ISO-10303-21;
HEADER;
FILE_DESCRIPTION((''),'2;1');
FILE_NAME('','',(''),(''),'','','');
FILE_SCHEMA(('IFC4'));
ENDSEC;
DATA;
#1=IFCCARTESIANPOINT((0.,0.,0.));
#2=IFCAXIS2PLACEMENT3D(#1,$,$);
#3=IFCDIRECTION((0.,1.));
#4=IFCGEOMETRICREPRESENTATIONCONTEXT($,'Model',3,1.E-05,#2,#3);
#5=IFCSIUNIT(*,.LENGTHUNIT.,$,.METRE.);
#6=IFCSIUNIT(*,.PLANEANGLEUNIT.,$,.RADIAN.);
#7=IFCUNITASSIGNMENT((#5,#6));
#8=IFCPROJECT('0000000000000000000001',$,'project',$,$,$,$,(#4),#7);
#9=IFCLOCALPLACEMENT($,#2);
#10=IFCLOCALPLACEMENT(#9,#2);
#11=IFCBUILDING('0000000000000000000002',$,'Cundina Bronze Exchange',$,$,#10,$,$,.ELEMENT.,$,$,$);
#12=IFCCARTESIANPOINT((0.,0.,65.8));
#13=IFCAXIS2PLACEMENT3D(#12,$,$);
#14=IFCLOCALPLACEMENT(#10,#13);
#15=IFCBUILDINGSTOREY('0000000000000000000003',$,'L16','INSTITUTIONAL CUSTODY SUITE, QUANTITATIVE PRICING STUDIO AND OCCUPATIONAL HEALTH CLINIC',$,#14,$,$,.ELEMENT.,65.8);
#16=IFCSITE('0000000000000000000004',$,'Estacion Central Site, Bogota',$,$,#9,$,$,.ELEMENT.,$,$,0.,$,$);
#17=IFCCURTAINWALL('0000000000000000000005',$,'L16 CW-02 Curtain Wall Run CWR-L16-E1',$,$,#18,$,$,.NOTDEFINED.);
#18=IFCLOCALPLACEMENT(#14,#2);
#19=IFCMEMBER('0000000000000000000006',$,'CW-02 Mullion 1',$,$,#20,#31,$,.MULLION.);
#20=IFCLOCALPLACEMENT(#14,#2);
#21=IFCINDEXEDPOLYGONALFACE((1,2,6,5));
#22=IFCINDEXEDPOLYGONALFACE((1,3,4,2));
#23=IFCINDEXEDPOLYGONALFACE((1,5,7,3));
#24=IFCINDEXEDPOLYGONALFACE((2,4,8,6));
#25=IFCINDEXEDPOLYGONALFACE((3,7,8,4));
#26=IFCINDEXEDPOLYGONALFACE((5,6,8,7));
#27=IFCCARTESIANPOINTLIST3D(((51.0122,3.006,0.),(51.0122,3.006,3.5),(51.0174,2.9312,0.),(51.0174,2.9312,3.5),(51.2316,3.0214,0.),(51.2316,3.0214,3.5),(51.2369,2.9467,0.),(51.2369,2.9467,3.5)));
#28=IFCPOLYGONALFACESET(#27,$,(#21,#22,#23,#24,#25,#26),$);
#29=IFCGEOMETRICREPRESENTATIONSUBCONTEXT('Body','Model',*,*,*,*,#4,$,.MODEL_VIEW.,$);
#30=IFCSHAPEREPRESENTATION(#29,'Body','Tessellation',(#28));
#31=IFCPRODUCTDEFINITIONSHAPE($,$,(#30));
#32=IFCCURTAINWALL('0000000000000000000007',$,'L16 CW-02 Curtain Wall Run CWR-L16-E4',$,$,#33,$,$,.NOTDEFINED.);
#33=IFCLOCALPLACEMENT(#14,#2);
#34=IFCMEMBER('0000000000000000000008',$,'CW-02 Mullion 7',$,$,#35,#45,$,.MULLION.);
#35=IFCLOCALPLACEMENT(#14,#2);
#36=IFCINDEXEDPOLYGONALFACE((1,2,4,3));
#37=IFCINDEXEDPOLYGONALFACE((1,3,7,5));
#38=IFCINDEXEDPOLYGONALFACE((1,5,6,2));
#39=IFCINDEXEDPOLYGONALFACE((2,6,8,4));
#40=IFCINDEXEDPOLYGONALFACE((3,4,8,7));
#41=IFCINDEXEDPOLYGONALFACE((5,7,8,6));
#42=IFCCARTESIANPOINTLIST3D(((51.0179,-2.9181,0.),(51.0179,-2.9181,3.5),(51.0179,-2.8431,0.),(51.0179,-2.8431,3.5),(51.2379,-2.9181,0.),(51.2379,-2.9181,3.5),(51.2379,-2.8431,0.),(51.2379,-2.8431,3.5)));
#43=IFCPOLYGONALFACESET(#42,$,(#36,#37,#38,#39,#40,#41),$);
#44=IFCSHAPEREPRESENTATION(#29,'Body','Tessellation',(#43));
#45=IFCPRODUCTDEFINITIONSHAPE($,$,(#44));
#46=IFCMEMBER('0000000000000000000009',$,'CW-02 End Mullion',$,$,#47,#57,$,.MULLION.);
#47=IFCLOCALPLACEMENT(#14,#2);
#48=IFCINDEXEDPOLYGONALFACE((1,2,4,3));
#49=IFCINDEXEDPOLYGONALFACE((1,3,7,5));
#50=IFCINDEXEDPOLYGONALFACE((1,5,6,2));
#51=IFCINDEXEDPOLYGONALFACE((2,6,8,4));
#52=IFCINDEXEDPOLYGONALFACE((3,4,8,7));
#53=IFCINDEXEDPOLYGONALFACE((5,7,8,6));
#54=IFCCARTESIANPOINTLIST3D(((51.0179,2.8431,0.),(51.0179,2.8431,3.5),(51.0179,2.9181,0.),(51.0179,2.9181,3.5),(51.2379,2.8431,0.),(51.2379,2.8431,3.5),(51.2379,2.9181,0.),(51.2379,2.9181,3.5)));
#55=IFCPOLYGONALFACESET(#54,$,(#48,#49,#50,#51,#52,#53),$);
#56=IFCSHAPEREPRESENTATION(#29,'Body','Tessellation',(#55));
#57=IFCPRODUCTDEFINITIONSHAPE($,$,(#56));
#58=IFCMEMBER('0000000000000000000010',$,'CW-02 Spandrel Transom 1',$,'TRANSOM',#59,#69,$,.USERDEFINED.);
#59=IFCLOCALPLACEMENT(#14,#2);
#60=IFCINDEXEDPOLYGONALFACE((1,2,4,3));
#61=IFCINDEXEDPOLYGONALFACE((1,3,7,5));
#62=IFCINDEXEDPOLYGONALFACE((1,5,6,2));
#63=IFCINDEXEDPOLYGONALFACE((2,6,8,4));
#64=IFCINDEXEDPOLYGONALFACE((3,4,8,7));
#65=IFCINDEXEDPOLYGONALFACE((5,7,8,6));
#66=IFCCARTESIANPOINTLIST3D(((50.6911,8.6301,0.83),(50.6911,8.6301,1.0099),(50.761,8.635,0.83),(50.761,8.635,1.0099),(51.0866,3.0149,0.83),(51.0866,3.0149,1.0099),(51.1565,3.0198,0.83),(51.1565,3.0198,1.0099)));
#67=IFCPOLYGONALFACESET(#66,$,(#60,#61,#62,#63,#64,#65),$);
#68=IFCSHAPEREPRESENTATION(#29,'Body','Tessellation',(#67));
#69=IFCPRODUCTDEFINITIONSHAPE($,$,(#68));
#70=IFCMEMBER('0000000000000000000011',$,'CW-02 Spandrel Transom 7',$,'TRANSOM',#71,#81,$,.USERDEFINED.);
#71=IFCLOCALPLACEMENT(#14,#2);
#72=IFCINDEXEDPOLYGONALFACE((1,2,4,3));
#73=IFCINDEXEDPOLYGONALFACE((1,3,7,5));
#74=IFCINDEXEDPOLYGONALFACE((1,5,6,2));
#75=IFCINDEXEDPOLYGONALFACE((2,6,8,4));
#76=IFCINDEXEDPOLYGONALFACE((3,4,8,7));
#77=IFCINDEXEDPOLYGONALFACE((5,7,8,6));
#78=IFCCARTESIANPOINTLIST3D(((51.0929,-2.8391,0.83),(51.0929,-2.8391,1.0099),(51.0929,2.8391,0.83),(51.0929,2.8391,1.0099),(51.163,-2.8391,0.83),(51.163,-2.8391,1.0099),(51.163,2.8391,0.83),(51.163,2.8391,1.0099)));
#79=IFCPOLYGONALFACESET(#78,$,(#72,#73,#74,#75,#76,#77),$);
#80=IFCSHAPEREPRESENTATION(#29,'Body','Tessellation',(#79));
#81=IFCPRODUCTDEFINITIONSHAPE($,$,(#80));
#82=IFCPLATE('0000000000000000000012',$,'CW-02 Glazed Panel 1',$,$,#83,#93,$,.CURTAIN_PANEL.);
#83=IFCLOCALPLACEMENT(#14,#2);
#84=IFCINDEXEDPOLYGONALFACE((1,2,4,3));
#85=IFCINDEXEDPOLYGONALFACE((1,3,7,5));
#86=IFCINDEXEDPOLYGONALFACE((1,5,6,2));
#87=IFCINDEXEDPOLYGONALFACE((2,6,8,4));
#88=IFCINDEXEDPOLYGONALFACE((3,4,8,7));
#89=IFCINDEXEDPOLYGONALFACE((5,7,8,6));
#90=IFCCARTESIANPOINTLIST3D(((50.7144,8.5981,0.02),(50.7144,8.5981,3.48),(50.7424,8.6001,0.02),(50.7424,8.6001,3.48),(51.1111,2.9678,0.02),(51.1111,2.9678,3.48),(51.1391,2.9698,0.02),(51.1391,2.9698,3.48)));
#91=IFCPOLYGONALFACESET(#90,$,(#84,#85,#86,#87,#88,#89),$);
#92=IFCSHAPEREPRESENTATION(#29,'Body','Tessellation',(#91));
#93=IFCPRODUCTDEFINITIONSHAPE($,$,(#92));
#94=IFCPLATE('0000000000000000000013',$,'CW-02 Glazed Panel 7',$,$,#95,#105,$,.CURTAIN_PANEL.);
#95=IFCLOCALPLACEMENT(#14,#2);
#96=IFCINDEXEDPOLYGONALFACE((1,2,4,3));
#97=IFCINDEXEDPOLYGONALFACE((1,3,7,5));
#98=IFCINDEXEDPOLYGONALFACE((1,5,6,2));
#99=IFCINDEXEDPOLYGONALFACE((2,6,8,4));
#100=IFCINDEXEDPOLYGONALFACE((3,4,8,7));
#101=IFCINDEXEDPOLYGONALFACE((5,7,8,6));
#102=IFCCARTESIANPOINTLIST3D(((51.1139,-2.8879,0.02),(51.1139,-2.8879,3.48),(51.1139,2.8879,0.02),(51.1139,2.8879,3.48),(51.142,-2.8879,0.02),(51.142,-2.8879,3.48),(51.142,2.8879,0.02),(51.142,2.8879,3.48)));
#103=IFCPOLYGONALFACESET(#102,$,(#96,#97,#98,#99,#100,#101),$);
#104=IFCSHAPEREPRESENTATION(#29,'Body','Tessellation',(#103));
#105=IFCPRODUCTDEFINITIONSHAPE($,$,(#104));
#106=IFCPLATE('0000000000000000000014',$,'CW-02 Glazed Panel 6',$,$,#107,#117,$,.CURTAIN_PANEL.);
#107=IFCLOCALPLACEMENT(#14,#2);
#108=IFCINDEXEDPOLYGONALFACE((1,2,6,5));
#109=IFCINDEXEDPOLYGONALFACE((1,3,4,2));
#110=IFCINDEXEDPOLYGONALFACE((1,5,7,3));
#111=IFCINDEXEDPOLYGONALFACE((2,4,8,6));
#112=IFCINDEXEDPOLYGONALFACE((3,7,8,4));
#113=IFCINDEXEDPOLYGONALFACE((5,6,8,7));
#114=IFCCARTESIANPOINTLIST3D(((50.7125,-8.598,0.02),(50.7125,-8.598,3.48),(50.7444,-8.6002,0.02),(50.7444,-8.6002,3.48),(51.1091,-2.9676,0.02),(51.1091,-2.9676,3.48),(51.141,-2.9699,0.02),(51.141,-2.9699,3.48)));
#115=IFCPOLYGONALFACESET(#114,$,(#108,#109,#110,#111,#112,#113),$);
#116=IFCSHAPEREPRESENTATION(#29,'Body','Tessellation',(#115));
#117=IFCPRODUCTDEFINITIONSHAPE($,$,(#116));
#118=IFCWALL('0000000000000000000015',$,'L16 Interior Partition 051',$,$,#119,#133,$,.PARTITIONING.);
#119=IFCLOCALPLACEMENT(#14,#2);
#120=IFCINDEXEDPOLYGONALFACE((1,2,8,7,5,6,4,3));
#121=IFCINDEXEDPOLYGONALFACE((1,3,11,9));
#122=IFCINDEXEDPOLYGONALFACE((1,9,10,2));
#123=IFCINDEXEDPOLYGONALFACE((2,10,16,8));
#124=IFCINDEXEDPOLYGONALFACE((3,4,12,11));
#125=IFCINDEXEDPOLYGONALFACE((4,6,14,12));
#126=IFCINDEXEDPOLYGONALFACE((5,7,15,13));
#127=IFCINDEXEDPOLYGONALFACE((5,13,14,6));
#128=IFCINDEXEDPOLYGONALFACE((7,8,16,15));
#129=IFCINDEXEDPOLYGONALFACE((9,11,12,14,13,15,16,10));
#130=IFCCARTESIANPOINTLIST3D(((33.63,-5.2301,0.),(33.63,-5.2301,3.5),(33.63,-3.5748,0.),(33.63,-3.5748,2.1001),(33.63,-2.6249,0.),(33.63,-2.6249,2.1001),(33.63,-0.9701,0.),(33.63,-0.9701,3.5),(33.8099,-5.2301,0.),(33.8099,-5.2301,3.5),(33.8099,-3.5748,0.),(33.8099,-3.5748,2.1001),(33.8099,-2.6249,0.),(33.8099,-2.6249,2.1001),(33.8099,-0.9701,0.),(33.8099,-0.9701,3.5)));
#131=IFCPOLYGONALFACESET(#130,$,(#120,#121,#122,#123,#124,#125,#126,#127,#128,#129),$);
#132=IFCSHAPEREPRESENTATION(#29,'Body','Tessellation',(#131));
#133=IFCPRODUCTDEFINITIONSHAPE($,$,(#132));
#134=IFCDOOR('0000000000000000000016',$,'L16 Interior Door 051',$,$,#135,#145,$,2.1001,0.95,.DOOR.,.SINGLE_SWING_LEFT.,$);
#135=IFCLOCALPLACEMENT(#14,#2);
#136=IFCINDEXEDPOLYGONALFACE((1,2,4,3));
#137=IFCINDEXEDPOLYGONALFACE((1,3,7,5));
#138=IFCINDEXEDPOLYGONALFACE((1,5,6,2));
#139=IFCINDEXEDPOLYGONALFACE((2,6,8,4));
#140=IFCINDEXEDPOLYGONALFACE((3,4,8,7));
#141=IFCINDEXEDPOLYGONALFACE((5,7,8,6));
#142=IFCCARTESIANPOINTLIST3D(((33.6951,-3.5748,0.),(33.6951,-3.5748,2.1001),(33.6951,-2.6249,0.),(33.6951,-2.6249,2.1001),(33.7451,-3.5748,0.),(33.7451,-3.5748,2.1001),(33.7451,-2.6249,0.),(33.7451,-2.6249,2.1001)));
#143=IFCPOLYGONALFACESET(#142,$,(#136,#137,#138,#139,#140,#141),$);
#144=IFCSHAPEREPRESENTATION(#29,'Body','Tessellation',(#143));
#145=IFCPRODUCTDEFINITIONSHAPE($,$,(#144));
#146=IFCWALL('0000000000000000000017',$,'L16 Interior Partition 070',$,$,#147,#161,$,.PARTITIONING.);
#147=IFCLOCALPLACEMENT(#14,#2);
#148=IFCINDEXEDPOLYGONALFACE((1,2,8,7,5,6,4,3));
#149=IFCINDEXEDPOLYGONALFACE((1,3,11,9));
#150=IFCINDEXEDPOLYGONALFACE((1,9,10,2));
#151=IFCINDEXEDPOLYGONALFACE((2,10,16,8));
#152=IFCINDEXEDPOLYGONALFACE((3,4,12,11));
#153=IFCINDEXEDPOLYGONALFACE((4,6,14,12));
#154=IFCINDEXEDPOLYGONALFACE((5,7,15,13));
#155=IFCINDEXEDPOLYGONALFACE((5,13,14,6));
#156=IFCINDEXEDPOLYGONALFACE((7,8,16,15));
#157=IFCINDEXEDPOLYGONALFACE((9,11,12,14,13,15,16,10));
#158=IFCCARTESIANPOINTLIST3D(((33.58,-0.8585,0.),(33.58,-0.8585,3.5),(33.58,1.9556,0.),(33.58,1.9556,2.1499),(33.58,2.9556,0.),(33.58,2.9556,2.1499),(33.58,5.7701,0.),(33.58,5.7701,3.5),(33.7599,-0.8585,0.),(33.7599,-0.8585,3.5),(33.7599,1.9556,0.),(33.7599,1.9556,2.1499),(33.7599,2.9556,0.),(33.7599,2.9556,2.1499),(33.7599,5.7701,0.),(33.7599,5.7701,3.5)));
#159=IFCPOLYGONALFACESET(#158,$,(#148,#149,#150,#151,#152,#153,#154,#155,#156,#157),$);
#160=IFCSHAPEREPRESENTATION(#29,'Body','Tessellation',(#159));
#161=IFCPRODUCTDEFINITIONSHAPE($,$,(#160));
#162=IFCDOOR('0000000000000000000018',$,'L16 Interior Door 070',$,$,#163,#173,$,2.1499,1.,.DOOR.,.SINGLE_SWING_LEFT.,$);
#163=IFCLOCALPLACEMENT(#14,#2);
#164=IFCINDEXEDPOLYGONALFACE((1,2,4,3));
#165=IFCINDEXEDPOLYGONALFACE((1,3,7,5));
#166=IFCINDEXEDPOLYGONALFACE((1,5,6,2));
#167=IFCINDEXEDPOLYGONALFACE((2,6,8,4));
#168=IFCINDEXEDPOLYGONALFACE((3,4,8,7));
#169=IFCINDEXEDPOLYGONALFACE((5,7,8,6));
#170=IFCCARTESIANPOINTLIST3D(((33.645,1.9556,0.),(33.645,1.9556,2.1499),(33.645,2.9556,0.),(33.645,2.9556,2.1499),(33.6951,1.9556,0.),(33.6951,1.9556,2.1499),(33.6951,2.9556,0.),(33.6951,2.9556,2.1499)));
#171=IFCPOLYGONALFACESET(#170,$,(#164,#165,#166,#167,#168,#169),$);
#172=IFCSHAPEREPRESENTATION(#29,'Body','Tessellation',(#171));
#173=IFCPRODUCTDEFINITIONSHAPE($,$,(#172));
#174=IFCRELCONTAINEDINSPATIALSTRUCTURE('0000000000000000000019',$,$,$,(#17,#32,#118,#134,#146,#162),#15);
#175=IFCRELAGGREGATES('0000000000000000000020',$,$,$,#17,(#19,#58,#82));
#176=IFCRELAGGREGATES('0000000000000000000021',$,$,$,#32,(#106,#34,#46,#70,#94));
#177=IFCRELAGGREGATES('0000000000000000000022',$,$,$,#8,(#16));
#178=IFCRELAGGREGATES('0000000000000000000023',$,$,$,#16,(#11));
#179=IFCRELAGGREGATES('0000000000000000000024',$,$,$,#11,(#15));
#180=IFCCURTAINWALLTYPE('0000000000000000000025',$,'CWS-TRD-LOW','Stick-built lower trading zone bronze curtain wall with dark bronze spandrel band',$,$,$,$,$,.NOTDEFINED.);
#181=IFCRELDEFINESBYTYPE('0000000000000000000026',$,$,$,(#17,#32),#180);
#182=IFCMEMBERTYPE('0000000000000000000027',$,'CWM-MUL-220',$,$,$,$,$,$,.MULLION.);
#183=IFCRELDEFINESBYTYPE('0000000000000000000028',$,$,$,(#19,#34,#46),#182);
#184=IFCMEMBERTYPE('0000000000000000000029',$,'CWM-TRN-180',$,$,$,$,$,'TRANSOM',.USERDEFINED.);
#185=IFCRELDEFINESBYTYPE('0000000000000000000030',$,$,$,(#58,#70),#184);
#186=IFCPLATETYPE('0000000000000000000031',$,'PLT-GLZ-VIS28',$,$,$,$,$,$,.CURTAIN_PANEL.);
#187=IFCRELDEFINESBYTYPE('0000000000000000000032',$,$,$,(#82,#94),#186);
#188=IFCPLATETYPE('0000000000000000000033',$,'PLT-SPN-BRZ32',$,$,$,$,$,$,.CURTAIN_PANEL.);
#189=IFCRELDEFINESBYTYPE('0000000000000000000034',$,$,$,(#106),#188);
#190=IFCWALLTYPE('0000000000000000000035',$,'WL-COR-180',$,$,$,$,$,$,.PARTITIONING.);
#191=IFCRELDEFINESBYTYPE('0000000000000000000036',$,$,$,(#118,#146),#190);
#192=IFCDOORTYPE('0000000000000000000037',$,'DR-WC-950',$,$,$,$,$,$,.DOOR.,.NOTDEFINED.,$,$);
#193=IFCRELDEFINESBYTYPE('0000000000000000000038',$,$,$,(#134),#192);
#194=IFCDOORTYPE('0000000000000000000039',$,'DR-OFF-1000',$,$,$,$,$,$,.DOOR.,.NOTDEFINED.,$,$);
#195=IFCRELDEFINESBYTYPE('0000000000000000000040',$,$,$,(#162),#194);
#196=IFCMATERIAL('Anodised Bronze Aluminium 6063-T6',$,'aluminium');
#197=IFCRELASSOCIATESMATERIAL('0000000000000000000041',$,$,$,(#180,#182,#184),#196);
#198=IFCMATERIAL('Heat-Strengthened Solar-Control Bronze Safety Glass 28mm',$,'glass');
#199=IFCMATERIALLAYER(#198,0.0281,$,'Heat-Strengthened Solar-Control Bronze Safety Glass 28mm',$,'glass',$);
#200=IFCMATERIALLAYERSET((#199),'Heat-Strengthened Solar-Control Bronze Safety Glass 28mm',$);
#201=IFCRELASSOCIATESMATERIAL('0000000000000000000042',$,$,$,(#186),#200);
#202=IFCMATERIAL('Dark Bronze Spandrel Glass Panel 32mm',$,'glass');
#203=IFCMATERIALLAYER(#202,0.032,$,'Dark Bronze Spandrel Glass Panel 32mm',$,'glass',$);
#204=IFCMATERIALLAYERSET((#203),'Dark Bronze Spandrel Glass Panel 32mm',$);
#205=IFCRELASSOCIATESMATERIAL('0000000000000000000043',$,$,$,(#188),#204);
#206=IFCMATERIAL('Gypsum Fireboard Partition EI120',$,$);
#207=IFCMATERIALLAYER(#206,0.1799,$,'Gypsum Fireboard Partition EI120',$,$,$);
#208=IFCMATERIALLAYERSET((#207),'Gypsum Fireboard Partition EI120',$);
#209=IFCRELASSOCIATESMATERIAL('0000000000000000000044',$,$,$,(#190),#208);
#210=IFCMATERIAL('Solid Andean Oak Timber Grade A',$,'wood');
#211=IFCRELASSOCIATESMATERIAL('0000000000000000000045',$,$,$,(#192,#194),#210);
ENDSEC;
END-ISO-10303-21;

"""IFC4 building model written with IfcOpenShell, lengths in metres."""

from ifc_helpers import new_model, si_unit, direction, frame, frame_2d, origin, origin_2d, place, context, subcontext, project, spatial, rectangle, extrude, material, layer, layer_set, material_profile, profile_set, type_object, element, fill, aggregate, save


model = new_model("IFC4")

# Units and contexts
model_context = context("Model", 3, precision=1e-05, world=origin(), true_north=direction((0.0, 1.0)))
body_context = subcontext(model_context, "Body", "Model", "MODEL_VIEW")
ifc_project = project(units=[si_unit("LENGTHUNIT", "METRE"), si_unit("PLANEANGLEUNIT", "RADIAN")], contexts=[model_context])

# Site, building, storey
site_placement = place(None, origin())
site = spatial("IfcSite", under=ifc_project, at=site_placement, Name="Estacion Central Site, Bogota", CompositionType="ELEMENT", RefElevation=0.0)
building_placement = place(site_placement, origin())
building = spatial("IfcBuilding", under=site, at=building_placement, Name="Cundina Bronze Exchange", CompositionType="ELEMENT")
storey_placement = place(building_placement, frame((0.0, 0.0, 65.8)))
storey = spatial("IfcBuildingStorey", under=building, at=storey_placement, Name="L16", Description="INSTITUTIONAL CUSTODY SUITE, QUANTITATIVE PRICING STUDIO AND OCCUPATIONAL HEALTH CLINIC", CompositionType="ELEMENT", Elevation=65.8)

# Curtain wall, member
ifc_material_1 = material(Name="Anodised Bronze Aluminium 6063-T6", Category="aluminium")
curtain_wall_type = type_object("IfcCurtainWallType", Name="CWS-TRD-LOW", Description="Stick-built lower trading zone bronze curtain wall with dark bronze spandrel band", PredefinedType="NOTDEFINED", material=ifc_material_1)
curtain_wall_1_placement = place(storey_placement, origin())
curtain_wall_1 = element("IfcCurtainWall", 1, at=curtain_wall_1_placement, inside=storey, type_object=curtain_wall_type, Name="L16 CW-02 Curtain Wall Run CWR-L16-E1", PredefinedType="NOTDEFINED")
ifc_material_profile_1 = material_profile(ifc_material_1, rectangle(XDim=0.075, YDim=0.22, at=origin_2d()), Name="AL75X220", Category="aluminium")
ifc_profile_set_1 = profile_set([ifc_material_profile_1], Name="Anodised Bronze Aluminium 6063-T6")
member_type_1 = type_object("IfcMemberType", Name="CWM-MUL-220", PredefinedType="MULLION", material=ifc_profile_set_1)
member_1_placement = place(storey_placement, frame((51.1245, 2.9763, 0.0), z_axis=(0.0, 0.0, 1.0), x_axis=(-0.070279, 0.997527, 0.0)))
member_1 = element("IfcMember", 2, at=member_1_placement, type_object=member_type_1, Name="CW-02 Mullion 1", PredefinedType="MULLION", context=body_context, shape_type="SweptSolid", body=[
    extrude(rectangle(XDim=0.075, YDim=0.22, at=origin_2d()), origin(), (0.0, 0.0, 1.0), 3.5),
])

# Curtain wall, members
curtain_wall_2_placement = place(storey_placement, origin())
curtain_wall_2 = element("IfcCurtainWall", 3, at=curtain_wall_2_placement, inside=storey, type_object=curtain_wall_type, Name="L16 CW-02 Curtain Wall Run CWR-L16-E4", PredefinedType="NOTDEFINED")
member_2_placement = place(storey_placement, frame((51.1279, -2.8806, 0.0), z_axis=(0.0, 0.0, 1.0), x_axis=(0.0, 1.0, 0.0)))
member_2 = element("IfcMember", 4, at=member_2_placement, type_object=member_type_1, Name="CW-02 Mullion 7", PredefinedType="MULLION", context=body_context, shape_type="SweptSolid", body=[
    extrude(rectangle(XDim=0.075, YDim=0.22, at=origin_2d()), origin(), (0.0, 0.0, 1.0), 3.5),
])
member_3_placement = place(storey_placement, frame((51.1279, 2.8806, 0.0), z_axis=(0.0, 0.0, 1.0), x_axis=(0.0, 1.0, 0.0)))
member_3 = element("IfcMember", 5, at=member_3_placement, type_object=member_type_1, Name="CW-02 End Mullion", PredefinedType="MULLION", context=body_context, shape_type="SweptSolid", body=[
    extrude(rectangle(XDim=0.075, YDim=0.22, at=origin_2d()), origin(), (0.0, 0.0, 1.0), 3.5),
])

# Members
ifc_material_profile_2 = material_profile(ifc_material_1, rectangle(XDim=0.0701, YDim=0.1799, at=origin_2d()), Name="AL70X180", Category="aluminium")
ifc_profile_set_2 = profile_set([ifc_material_profile_2], Name="Anodised Bronze Aluminium 6063-T6")
member_type_2 = type_object("IfcMemberType", Name="CWM-TRN-180", ElementType="TRANSOM", PredefinedType="USERDEFINED", material=ifc_profile_set_2)
member_4_placement = place(storey_placement, frame((51.1216, 3.0173, 0.9199), z_axis=(-0.070261, 0.997529, 0.0), x_axis=(-0.997529, -0.070261, 0.0)))
member_4 = element("IfcMember", 6, at=member_4_placement, type_object=member_type_2, Name="CW-02 Spandrel Transom 1", ObjectType="TRANSOM", PredefinedType="USERDEFINED", context=body_context, shape_type="SweptSolid", body=[
    extrude(rectangle(XDim=0.0701, YDim=0.1799, at=origin_2d()), origin(), (0.0, 0.0, 1.0), 5.6292),
])
member_5_placement = place(storey_placement, frame((51.1279, -2.8391, 0.9199), z_axis=(0.0, 1.0, 0.0), x_axis=(-1.0, 0.0, 0.0)))
member_5 = element("IfcMember", 7, at=member_5_placement, type_object=member_type_2, Name="CW-02 Spandrel Transom 7", ObjectType="TRANSOM", PredefinedType="USERDEFINED", context=body_context, shape_type="SweptSolid", body=[
    extrude(rectangle(XDim=0.0701, YDim=0.1799, at=origin_2d()), origin(), (0.0, 0.0, 1.0), 5.6782),
])

# Plates
ifc_material_2 = material(Name="Heat-Strengthened Solar-Control Bronze Safety Glass 28mm", Category="glass")
ifc_layer_1 = layer(ifc_material_2, 0.0281, Name="Heat-Strengthened Solar-Control Bronze Safety Glass 28mm", Category="glass")
ifc_layer_set_1 = layer_set([ifc_layer_1], Name="Heat-Strengthened Solar-Control Bronze Safety Glass 28mm")
plate_type_1 = type_object("IfcPlateType", Name="PLT-GLZ-VIS28", PredefinedType="CURTAIN_PANEL", material=ifc_layer_set_1)
plate_1_placement = place(storey_placement, frame((50.9268, 5.7839, 0.02), z_axis=(0.0, 0.0, 1.0), x_axis=(-0.070279, 0.997527, 0.0)))
plate_1 = element("IfcPlate", 8, at=plate_1_placement, type_object=plate_type_1, Name="CW-02 Glazed Panel 1", PredefinedType="CURTAIN_PANEL", context=body_context, shape_type="SweptSolid", body=[
    extrude(rectangle(XDim=5.6443, YDim=0.0281, at=origin_2d()), origin(), (0.0, 0.0, 1.0), 3.46),
])
aggregate(curtain_wall_1, [member_1, member_4, plate_1])
plate_2_placement = place(storey_placement, frame((51.1279, 0.0, 0.02), z_axis=(0.0, 0.0, 1.0), x_axis=(0.0, 1.0, 0.0)))
plate_2 = element("IfcPlate", 9, at=plate_2_placement, type_object=plate_type_1, Name="CW-02 Glazed Panel 7", PredefinedType="CURTAIN_PANEL", context=body_context, shape_type="SweptSolid", body=[
    extrude(rectangle(XDim=5.7759, YDim=0.0281, at=origin_2d()), origin(), (0.0, 0.0, 1.0), 3.46),
])
ifc_material_3 = material(Name="Dark Bronze Spandrel Glass Panel 32mm", Category="glass")
ifc_layer_2 = layer(ifc_material_3, 0.032, Name="Dark Bronze Spandrel Glass Panel 32mm", Category="glass")
ifc_layer_set_2 = layer_set([ifc_layer_2], Name="Dark Bronze Spandrel Glass Panel 32mm")
plate_type_2 = type_object("IfcPlateType", Name="PLT-SPN-BRZ32", PredefinedType="CURTAIN_PANEL", material=ifc_layer_set_2)
plate_3_placement = place(storey_placement, frame((50.9268, -5.7839, 0.02), z_axis=(0.0, 0.0, 1.0), x_axis=(0.070279, 0.997527, 0.0)))
plate_3 = element("IfcPlate", 10, at=plate_3_placement, type_object=plate_type_2, Name="CW-02 Glazed Panel 6", PredefinedType="CURTAIN_PANEL", context=body_context, shape_type="SweptSolid", body=[
    extrude(rectangle(XDim=5.6443, YDim=0.032, at=origin_2d()), origin(), (0.0, 0.0, 1.0), 3.46),
])
aggregate(curtain_wall_2, [plate_3, member_2, member_3, member_5, plate_2])

# Walls, openings, doors
ifc_material_4 = material(Name="Gypsum Fireboard Partition EI120")
ifc_layer_3 = layer(ifc_material_4, 0.1799, Name="Gypsum Fireboard Partition EI120")
ifc_layer_set_3 = layer_set([ifc_layer_3], Name="Gypsum Fireboard Partition EI120")
wall_type_1 = type_object("IfcWallType", Name="WL-COR-180", PredefinedType="PARTITIONING", material=ifc_layer_set_3)
wall_1_placement = place(storey_placement, frame((33.72, -5.23, 0.0), z_axis=(0.0, 0.0, 1.0), x_axis=(0.0, 1.0, 0.0)))
wall_1 = element("IfcWall", 11, at=wall_1_placement, inside=storey, type_object=wall_type_1, Name="L16 Interior Partition 051", PredefinedType="PARTITIONING", context=body_context, shape_type="SweptSolid", body=[
    extrude(rectangle(XDim=4.26, YDim=0.1799, at=frame_2d((2.1299, 0.0))), origin(), (0.0, 0.0, 1.0), 3.5),
])
opening_1_placement = place(wall_1_placement, frame((1.655, 0.0, 0.0)))
opening_1 = element("IfcOpeningElement", 12, at=opening_1_placement, cuts=wall_1, PredefinedType="OPENING", context=body_context, shape_type="SweptSolid", body=[
    extrude(rectangle(XDim=0.95, YDim=2.1001, at=frame_2d((0.4751, 1.05))), frame((0.0, 0.0999, 0.0), z_axis=(0.0, -1.0, 0.0), x_axis=(1.0, 0.0, 0.0)), (0.0, 0.0, 1.0), 0.2),
])
ifc_material_5 = material(Name="Solid Andean Oak Timber Grade A", Category="wood")
door_type_1 = type_object("IfcDoorType", Name="DR-WC-950", OperationType="NOTDEFINED", PredefinedType="DOOR", material=ifc_material_5)
door_1_placement = place(opening_1_placement, origin())
door_1 = element("IfcDoor", 13, at=door_1_placement, inside=storey, type_object=door_type_1, Name="L16 Interior Door 051", OperationType="SINGLE_SWING_LEFT", OverallHeight=2.1001, OverallWidth=0.95, PredefinedType="DOOR", context=body_context, shape_type="SweptSolid", body=[
    extrude(rectangle(XDim=0.95, YDim=2.1001, at=frame_2d((0.4751, 1.05))), frame((0.0, 0.0249, 0.0), z_axis=(0.0, -1.0, 0.0), x_axis=(1.0, 0.0, 0.0)), (0.0, 0.0, 1.0), 0.05),
])
fill(opening_1, door_1)
wall_2_placement = place(storey_placement, frame((33.6699, -0.8586, 0.0), z_axis=(0.0, 0.0, 1.0), x_axis=(0.0, 1.0, 0.0)))
wall_2 = element("IfcWall", 14, at=wall_2_placement, inside=storey, type_object=wall_type_1, Name="L16 Interior Partition 070", PredefinedType="PARTITIONING", context=body_context, shape_type="SweptSolid", body=[
    extrude(rectangle(XDim=6.6287, YDim=0.1799, at=frame_2d((3.3145, 0.0))), origin(), (0.0, 0.0, 1.0), 3.5),
])
opening_2_placement = place(wall_2_placement, frame((2.8142, 0.0, 0.0)))
opening_2 = element("IfcOpeningElement", 15, at=opening_2_placement, cuts=wall_2, PredefinedType="OPENING", context=body_context, shape_type="SweptSolid", body=[
    extrude(rectangle(XDim=1.0, YDim=2.1499, at=frame_2d((0.5, 1.075))), frame((0.0, 0.0999, 0.0), z_axis=(0.0, -1.0, 0.0), x_axis=(1.0, 0.0, 0.0)), (0.0, 0.0, 1.0), 0.2),
])
door_type_2 = type_object("IfcDoorType", Name="DR-OFF-1000", OperationType="NOTDEFINED", PredefinedType="DOOR", material=ifc_material_5)
door_2_placement = place(opening_2_placement, origin())
door_2 = element("IfcDoor", 16, at=door_2_placement, inside=storey, type_object=door_type_2, Name="L16 Interior Door 070", OperationType="SINGLE_SWING_LEFT", OverallHeight=2.1499, OverallWidth=1.0, PredefinedType="DOOR", context=body_context, shape_type="SweptSolid", body=[
    extrude(rectangle(XDim=1.0, YDim=2.1499, at=frame_2d((0.5, 1.075))), frame((0.0, 0.0249, 0.0), z_axis=(0.0, -1.0, 0.0), x_axis=(1.0, 0.0, 0.0)), (0.0, 0.0, 1.0), 0.05),
])
fill(opening_2, door_2)

save(model, "model.ifc")
